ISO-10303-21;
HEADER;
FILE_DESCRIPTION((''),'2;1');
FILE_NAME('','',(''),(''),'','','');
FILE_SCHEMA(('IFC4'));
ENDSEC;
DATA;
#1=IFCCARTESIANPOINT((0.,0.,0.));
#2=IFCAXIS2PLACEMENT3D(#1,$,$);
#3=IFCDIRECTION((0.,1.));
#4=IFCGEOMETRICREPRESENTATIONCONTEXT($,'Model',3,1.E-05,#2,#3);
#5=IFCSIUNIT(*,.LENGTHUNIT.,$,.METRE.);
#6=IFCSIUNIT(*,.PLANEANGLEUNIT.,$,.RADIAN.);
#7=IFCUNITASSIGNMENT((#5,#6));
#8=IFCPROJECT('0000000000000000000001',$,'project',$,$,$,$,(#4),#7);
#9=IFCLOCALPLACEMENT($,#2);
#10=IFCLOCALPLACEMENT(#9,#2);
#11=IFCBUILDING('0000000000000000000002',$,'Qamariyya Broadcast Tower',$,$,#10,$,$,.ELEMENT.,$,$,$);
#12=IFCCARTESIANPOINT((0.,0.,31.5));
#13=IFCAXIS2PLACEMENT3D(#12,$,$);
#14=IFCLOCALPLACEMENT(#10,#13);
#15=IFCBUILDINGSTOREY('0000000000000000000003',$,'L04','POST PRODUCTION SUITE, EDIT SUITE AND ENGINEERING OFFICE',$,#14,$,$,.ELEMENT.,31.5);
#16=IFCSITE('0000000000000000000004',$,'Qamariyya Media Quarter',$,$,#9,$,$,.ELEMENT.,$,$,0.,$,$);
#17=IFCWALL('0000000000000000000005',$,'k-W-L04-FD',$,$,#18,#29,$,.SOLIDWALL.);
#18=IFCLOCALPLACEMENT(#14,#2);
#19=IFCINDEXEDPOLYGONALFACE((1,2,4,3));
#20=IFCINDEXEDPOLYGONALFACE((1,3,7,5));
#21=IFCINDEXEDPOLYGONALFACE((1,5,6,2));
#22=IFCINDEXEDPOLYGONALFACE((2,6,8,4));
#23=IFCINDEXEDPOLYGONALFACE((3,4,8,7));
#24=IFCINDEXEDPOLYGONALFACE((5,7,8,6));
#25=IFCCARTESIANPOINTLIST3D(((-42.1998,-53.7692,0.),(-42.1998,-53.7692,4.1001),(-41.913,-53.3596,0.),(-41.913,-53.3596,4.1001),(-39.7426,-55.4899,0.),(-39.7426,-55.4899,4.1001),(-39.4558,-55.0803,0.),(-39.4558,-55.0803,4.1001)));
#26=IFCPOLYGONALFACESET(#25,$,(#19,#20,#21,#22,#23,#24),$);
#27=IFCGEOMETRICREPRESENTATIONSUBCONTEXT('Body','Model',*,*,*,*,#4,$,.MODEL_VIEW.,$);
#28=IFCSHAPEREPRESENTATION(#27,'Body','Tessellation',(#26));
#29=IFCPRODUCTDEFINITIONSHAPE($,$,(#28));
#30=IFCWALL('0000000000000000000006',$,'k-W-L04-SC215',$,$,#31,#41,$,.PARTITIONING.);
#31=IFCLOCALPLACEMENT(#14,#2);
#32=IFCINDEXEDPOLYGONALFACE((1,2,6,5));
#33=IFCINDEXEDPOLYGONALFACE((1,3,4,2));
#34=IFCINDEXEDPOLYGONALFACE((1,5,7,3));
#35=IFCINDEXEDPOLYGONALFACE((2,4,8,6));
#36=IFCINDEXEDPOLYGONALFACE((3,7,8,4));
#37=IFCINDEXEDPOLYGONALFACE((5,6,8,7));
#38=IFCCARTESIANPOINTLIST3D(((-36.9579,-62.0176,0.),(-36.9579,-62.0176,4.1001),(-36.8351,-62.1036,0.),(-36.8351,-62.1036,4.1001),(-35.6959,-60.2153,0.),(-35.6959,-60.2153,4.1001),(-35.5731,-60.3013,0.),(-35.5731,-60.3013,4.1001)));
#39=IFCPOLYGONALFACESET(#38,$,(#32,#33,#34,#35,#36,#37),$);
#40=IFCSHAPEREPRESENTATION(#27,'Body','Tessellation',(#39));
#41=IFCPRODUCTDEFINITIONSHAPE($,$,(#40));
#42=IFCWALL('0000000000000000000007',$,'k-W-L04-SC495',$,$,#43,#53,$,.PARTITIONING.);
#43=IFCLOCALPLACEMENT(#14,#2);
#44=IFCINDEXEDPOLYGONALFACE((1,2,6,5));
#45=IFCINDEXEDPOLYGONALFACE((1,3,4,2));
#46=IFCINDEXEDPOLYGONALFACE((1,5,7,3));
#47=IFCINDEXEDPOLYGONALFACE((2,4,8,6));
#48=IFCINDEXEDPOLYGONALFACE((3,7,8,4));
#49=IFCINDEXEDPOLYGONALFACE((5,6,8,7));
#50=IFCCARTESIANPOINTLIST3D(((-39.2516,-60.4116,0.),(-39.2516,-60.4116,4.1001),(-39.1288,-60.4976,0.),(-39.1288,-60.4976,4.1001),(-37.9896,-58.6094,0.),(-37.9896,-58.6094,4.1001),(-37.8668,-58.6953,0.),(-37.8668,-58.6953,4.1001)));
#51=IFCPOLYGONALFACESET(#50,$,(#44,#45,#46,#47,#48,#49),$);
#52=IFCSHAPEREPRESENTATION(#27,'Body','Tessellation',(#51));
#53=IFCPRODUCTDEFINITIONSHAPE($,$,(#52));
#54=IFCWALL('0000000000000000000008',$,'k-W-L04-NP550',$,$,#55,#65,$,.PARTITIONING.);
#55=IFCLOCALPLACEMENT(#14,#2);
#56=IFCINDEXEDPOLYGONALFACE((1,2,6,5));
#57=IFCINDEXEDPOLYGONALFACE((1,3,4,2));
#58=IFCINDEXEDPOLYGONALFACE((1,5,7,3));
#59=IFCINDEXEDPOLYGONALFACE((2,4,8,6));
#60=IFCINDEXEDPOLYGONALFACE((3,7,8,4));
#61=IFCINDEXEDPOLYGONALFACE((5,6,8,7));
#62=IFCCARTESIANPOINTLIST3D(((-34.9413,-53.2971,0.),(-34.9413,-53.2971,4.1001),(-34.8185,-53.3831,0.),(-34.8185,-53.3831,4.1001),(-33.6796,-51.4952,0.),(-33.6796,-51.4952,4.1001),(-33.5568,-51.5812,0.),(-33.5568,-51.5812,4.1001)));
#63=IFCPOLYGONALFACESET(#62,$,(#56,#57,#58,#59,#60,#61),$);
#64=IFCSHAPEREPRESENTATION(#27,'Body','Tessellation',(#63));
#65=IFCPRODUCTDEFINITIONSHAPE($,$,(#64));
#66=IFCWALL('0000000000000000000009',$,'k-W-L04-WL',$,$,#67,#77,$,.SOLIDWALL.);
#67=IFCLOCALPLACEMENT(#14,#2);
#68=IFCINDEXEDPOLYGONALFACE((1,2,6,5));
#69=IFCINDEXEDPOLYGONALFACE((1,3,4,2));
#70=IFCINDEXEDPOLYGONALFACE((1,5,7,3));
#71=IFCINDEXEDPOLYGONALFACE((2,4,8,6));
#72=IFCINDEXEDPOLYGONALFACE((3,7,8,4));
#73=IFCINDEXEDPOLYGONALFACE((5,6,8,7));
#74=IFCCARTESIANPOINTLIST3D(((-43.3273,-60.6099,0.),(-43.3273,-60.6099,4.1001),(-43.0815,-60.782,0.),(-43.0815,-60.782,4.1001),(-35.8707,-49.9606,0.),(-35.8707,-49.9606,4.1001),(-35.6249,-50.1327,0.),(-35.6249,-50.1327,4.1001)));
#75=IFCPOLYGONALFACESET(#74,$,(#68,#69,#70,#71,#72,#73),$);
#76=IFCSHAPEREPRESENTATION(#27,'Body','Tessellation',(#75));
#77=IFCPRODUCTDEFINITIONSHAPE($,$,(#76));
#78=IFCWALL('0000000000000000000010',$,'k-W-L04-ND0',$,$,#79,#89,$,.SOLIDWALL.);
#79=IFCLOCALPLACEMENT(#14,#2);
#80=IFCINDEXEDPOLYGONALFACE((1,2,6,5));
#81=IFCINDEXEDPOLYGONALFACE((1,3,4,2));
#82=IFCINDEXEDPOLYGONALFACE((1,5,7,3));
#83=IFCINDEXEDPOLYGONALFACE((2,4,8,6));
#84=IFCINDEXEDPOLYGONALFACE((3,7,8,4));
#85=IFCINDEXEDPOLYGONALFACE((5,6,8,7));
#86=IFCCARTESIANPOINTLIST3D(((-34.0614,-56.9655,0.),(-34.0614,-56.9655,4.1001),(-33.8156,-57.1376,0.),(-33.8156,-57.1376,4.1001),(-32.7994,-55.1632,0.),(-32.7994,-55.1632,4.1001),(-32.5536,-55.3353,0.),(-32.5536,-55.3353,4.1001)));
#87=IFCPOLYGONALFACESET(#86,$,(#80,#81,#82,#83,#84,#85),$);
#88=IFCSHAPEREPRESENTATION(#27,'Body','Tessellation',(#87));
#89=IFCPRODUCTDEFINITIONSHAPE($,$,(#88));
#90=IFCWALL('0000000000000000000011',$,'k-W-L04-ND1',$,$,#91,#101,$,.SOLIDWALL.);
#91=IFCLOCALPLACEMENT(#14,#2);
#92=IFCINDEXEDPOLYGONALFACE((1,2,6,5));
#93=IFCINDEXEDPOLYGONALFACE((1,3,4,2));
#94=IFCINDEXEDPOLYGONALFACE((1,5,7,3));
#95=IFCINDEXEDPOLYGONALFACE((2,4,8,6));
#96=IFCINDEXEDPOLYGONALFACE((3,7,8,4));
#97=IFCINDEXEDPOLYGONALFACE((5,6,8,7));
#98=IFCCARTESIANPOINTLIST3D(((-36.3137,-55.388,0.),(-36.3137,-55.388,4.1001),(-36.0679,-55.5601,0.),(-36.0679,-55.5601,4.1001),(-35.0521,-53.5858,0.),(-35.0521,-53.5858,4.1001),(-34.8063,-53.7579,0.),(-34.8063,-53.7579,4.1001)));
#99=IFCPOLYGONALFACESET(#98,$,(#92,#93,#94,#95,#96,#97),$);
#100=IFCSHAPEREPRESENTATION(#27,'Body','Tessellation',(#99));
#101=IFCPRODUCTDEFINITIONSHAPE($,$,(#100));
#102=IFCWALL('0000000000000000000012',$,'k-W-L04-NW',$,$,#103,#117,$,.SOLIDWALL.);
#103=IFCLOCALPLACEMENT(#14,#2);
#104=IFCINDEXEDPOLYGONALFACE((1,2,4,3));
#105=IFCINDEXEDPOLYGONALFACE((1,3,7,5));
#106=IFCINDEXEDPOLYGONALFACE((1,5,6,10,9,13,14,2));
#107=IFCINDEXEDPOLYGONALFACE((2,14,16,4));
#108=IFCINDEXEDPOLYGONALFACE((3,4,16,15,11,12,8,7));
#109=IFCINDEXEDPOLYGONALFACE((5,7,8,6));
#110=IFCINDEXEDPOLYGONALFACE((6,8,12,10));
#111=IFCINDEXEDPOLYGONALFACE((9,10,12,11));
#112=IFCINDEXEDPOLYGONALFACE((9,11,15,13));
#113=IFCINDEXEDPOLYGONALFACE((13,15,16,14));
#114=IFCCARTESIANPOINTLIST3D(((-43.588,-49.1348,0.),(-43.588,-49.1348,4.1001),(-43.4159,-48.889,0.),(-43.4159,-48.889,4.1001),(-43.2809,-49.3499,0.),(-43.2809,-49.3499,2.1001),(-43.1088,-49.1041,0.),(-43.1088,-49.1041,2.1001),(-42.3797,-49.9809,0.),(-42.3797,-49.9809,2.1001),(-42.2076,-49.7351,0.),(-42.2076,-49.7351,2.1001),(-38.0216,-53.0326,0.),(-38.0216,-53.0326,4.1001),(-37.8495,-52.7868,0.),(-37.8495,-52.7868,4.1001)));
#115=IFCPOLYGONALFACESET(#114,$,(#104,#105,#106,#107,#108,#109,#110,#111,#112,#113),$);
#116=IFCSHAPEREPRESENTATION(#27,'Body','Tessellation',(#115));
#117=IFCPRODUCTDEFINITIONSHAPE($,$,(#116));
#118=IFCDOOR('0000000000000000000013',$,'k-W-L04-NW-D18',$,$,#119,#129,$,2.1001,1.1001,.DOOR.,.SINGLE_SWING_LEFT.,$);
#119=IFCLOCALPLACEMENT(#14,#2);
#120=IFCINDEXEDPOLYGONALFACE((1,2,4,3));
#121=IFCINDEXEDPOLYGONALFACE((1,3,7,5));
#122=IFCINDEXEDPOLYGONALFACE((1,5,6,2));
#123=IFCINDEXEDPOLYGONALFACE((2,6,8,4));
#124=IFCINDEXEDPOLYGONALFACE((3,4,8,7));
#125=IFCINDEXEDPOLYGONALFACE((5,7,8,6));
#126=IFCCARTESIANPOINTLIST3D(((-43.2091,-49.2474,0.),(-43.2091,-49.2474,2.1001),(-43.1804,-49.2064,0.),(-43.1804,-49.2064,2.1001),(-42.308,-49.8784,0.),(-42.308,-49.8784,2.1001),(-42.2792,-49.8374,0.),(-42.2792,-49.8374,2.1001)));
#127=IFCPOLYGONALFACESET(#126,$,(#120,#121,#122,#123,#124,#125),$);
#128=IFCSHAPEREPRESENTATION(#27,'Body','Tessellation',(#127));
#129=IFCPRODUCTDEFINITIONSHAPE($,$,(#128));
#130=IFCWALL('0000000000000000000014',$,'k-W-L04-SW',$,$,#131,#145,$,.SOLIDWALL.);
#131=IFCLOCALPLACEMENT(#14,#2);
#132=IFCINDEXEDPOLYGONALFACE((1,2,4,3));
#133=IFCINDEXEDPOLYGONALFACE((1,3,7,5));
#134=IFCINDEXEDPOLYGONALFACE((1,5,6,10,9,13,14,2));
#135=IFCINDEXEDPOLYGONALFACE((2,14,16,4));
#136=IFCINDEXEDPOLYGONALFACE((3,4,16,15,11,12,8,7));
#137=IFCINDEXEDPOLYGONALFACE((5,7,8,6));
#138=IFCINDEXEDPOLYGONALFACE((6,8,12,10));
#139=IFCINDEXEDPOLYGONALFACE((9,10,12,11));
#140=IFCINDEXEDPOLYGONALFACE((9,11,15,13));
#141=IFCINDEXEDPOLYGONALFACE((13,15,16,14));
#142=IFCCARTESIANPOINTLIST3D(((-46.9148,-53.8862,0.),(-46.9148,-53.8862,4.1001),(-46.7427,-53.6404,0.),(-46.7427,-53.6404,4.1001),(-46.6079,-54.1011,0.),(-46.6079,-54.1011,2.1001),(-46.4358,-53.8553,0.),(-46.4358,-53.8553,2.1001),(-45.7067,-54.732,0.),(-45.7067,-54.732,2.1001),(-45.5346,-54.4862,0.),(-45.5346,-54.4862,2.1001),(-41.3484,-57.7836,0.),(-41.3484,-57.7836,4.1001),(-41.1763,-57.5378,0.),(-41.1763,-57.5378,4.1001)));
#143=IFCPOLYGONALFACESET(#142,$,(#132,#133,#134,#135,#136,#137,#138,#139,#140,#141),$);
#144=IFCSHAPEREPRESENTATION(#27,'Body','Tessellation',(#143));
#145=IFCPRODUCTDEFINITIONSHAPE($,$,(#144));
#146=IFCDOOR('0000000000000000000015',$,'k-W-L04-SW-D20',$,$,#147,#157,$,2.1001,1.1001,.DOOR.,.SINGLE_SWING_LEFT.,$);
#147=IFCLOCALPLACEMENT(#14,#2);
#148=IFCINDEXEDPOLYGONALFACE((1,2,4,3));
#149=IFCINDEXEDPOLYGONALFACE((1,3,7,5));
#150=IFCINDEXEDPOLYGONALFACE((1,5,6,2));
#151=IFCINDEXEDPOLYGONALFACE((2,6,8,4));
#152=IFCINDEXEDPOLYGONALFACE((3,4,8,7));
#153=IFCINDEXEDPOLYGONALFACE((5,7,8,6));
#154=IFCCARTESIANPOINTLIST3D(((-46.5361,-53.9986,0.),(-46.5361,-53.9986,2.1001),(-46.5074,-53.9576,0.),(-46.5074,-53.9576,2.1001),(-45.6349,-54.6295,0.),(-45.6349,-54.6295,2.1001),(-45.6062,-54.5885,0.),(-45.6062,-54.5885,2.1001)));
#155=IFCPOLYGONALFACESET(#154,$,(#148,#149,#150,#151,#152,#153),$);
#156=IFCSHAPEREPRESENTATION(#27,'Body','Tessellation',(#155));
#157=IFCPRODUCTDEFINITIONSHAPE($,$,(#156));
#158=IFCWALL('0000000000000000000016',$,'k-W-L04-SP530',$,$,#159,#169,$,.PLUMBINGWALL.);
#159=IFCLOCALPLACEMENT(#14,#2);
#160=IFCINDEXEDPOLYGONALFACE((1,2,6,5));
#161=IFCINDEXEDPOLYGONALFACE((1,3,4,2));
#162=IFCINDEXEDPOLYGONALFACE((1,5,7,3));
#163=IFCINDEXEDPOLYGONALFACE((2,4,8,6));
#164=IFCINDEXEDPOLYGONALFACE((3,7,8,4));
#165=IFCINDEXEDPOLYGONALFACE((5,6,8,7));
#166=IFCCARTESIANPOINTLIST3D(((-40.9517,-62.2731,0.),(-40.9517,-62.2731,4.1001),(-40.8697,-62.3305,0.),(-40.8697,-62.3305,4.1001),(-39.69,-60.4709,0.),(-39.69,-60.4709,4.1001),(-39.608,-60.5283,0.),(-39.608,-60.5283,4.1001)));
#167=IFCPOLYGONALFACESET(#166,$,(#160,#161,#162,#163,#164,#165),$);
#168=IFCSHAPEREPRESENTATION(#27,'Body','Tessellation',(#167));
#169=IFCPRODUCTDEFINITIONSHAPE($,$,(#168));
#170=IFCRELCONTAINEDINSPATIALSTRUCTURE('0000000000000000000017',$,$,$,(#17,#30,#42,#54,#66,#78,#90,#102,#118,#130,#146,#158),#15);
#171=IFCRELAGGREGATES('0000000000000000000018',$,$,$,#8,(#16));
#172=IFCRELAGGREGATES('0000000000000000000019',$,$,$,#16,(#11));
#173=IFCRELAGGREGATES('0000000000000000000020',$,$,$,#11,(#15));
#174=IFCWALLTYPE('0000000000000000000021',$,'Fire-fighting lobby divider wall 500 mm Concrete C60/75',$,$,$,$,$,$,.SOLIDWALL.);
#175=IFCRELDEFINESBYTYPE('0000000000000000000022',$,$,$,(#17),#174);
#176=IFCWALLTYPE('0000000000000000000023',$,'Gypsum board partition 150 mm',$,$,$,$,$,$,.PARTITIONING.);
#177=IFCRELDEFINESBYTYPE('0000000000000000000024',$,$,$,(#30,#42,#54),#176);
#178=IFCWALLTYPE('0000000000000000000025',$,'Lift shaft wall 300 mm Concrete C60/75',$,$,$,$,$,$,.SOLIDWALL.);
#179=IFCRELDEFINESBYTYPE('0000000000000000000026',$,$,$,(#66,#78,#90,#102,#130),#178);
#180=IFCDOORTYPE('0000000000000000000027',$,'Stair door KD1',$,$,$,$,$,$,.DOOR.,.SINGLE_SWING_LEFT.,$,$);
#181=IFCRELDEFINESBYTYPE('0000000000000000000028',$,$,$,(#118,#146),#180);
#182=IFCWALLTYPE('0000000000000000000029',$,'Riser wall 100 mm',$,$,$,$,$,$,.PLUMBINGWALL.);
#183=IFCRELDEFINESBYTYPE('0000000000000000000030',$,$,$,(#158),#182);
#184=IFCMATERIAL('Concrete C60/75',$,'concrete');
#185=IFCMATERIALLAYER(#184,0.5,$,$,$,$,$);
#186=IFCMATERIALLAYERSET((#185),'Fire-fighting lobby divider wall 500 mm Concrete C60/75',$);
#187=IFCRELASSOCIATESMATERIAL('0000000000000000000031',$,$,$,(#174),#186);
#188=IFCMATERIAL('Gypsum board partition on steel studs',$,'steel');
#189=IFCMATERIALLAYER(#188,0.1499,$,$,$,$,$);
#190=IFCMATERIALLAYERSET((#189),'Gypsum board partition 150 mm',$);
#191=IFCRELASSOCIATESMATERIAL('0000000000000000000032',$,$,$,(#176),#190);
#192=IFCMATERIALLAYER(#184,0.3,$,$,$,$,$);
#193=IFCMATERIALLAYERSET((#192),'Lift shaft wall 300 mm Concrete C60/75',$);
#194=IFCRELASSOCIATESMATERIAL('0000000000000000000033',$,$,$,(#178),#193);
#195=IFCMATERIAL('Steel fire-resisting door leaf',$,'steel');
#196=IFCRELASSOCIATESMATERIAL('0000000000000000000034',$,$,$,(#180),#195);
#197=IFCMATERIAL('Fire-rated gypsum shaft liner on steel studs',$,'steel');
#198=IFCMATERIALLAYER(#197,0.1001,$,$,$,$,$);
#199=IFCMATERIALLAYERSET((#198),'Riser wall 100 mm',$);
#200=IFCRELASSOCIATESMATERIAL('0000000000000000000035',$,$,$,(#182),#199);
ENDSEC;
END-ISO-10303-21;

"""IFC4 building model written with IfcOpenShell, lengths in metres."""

from ifc_helpers import new_model, si_unit, direction, frame, frame_2d, origin, place, context, subcontext, project, spatial, rectangle, extrude, material, layer, layer_set, type_object, element, fill, save


model = new_model("IFC4")

# Units and contexts
model_context = context("Model", 3, precision=1e-05, world=origin(), true_north=direction((0.0, 1.0)))
body_context = subcontext(model_context, "Body", "Model", "MODEL_VIEW")
ifc_project = project(units=[si_unit("LENGTHUNIT", "METRE"), si_unit("PLANEANGLEUNIT", "RADIAN")], contexts=[model_context])

# Site, building, storey
site_placement = place(None, origin())
site = spatial("IfcSite", under=ifc_project, at=site_placement, Name="Qamariyya Media Quarter", CompositionType="ELEMENT", RefElevation=0.0)
building_placement = place(site_placement, origin())
building = spatial("IfcBuilding", under=site, at=building_placement, Name="Qamariyya Broadcast Tower", CompositionType="ELEMENT")
storey_placement = place(building_placement, frame((0.0, 0.0, 31.5)))
storey = spatial("IfcBuildingStorey", under=building, at=storey_placement, Name="L04", Description="POST PRODUCTION SUITE, EDIT SUITE AND ENGINEERING OFFICE", CompositionType="ELEMENT", Elevation=31.5)

# Walls
ifc_material_1 = material(Name="Concrete C60/75", Category="concrete")
ifc_layer_1 = layer(ifc_material_1, 0.5)
ifc_layer_set_1 = layer_set([ifc_layer_1], Name="Fire-fighting lobby divider wall 500 mm Concrete C60/75")
wall_type_1 = type_object("IfcWallType", Name="Fire-fighting lobby divider wall 500 mm Concrete C60/75", PredefinedType="SOLIDWALL", material=ifc_layer_set_1)
wall_1_placement = place(storey_placement, frame((-39.5991, -55.2852, 0.0), z_axis=(0.0, 0.0, 1.0), x_axis=(-0.819136, 0.573599, 0.0)))
element("IfcWall", 1, at=wall_1_placement, inside=storey, type_object=wall_type_1, Name="k-W-L04-FD", PredefinedType="SOLIDWALL", context=body_context, shape_type="SweptSolid", body=[
    extrude(rectangle(XDim=2.9998, YDim=0.5, at=frame_2d((1.5, 0.0))), origin(), (0.0, 0.0, 1.0), 4.1001),
])
ifc_material_2 = material(Name="Gypsum board partition on steel studs", Category="steel")
ifc_layer_2 = layer(ifc_material_2, 0.1499)
ifc_layer_set_2 = layer_set([ifc_layer_2], Name="Gypsum board partition 150 mm")
wall_type_2 = type_object("IfcWallType", Name="Gypsum board partition 150 mm", PredefinedType="PARTITIONING", material=ifc_layer_set_2)
for number, where, z_axis, x_axis, name in (
    (2, (-35.6345, -60.2583, 0.0), (0.0, 0.0, 1.0), (-0.573581, -0.819149, 0.0), "k-W-L04-SC215"),
    (3, (-37.9282, -58.6523, 0.0), (0.0, 0.0, 1.0), (-0.573581, -0.819149, 0.0), "k-W-L04-SC495"),
):
    element("IfcWall", number, at=place(storey_placement, frame(where, z_axis=z_axis, x_axis=x_axis)), inside=storey, type_object=wall_type_2, Name=name, PredefinedType="PARTITIONING", context=body_context, shape_type="SweptSolid", body=[
        extrude(rectangle(XDim=2.2002, YDim=0.1499, at=frame_2d((1.1001, 0.0))), origin(), (0.0, 0.0, 1.0), 4.1001),
    ])
wall_2_placement = place(storey_placement, frame((-34.8799, -53.3401, 0.0), z_axis=(0.0, 0.0, 1.0), x_axis=(0.573559, 0.819164, 0.0)))
element("IfcWall", 4, at=wall_2_placement, inside=storey, type_object=wall_type_2, Name="k-W-L04-NP550", PredefinedType="PARTITIONING", context=body_context, shape_type="SweptSolid", body=[
    extrude(rectangle(XDim=2.1997, YDim=0.1499, at=frame_2d((1.0999, 0.0))), origin(), (0.0, 0.0, 1.0), 4.1001),
])
ifc_layer_3 = layer(ifc_material_1, 0.3)
ifc_layer_set_3 = layer_set([ifc_layer_3], Name="Lift shaft wall 300 mm Concrete C60/75")
wall_type_3 = type_object("IfcWallType", Name="Lift shaft wall 300 mm Concrete C60/75", PredefinedType="SOLIDWALL", material=ifc_layer_set_3)
wall_3_placement = place(storey_placement, frame((-43.2043, -60.6958, 0.0), z_axis=(0.0, 0.0, 1.0), x_axis=(0.573572, 0.819155, 0.0)))
element("IfcWall", 5, at=wall_3_placement, inside=storey, type_object=wall_type_3, Name="k-W-L04-WL", PredefinedType="SOLIDWALL", context=body_context, shape_type="SweptSolid", body=[
    extrude(rectangle(XDim=13.0002, YDim=0.3, at=frame_2d((6.5, 0.0))), origin(), (0.0, 0.0, 1.0), 4.1001),
])
wall_4_placement = place(storey_placement, frame((-33.9385, -57.0515, 0.0), z_axis=(0.0, 0.0, 1.0), x_axis=(0.573581, 0.819149, 0.0)))
element("IfcWall", 6, at=wall_4_placement, inside=storey, type_object=wall_type_3, Name="k-W-L04-ND0", PredefinedType="SOLIDWALL", context=body_context, shape_type="SweptSolid", body=[
    extrude(rectangle(XDim=2.2002, YDim=0.3, at=frame_2d((1.1001, 0.0))), origin(), (0.0, 0.0, 1.0), 4.1001),
])
wall_5_placement = place(storey_placement, frame((-36.1909, -55.4741, 0.0), z_axis=(0.0, 0.0, 1.0), x_axis=(0.573507, 0.819201, 0.0)))
element("IfcWall", 7, at=wall_5_placement, inside=storey, type_object=wall_type_3, Name="k-W-L04-ND1", PredefinedType="SOLIDWALL", context=body_context, shape_type="SweptSolid", body=[
    extrude(rectangle(XDim=2.2, YDim=0.3, at=frame_2d((1.1001, 0.0))), origin(), (0.0, 0.0, 1.0), 4.1001),
])

# Walls, openings, doors
wall_6_placement = place(storey_placement, frame((-37.9355, -52.9097, 0.0), z_axis=(0.0, 0.0, 1.0), x_axis=(-0.819148, 0.573583, 0.0)))
wall_6 = element("IfcWall", 8, at=wall_6_placement, inside=storey, type_object=wall_type_3, Name="k-W-L04-NW", PredefinedType="SOLIDWALL", context=body_context, shape_type="SweptSolid", body=[
    extrude(rectangle(XDim=6.7954, YDim=0.3, at=frame_2d((3.3977, 0.0))), origin(), (0.0, 0.0, 1.0), 4.1001),
])
opening_1_placement = place(wall_6_placement, frame((5.3203, 0.0, 0.0)))
opening_1 = element("IfcOpeningElement", 9, at=opening_1_placement, cuts=wall_6, PredefinedType="OPENING", context=body_context, shape_type="SweptSolid", body=[
    extrude(rectangle(XDim=1.1001, YDim=2.1001, at=frame_2d((0.55, 1.05))), frame((0.0, 0.1599, 0.0), z_axis=(0.0, -1.0, 0.0), x_axis=(1.0, 0.0, 0.0)), (0.0, 0.0, 1.0), 0.3201),
])
ifc_material_3 = material(Name="Steel fire-resisting door leaf", Category="steel")
door_type = type_object("IfcDoorType", Name="Stair door KD1", OperationType="SINGLE_SWING_LEFT", PredefinedType="DOOR", material=ifc_material_3)
door_1_placement = place(opening_1_placement, origin())
door_1 = element("IfcDoor", 10, at=door_1_placement, inside=storey, type_object=door_type, Name="k-W-L04-NW-D18", OperationType="SINGLE_SWING_LEFT", OverallHeight=2.1001, OverallWidth=1.1001, PredefinedType="DOOR", context=body_context, shape_type="SweptSolid", body=[
    extrude(rectangle(XDim=1.1001, YDim=2.1001, at=frame_2d((0.55, 1.05))), frame((0.0, 0.0249, 0.0), z_axis=(0.0, -1.0, 0.0), x_axis=(1.0, 0.0, 0.0)), (0.0, 0.0, 1.0), 0.05),
])
fill(opening_1, door_1)
wall_7_placement = place(storey_placement, frame((-41.2625, -57.6606, 0.0), z_axis=(0.0, 0.0, 1.0), x_axis=(-0.819164, 0.573559, 0.0)))
wall_7 = element("IfcWall", 11, at=wall_7_placement, inside=storey, type_object=wall_type_3, Name="k-W-L04-SW", PredefinedType="SOLIDWALL", context=body_context, shape_type="SweptSolid", body=[
    extrude(rectangle(XDim=6.7952, YDim=0.3, at=frame_2d((3.3975, 0.0))), origin(), (0.0, 0.0, 1.0), 4.1001),
])
opening_2_placement = place(wall_7_placement, frame((5.3203, 0.0, 0.0)))
opening_2 = element("IfcOpeningElement", 12, at=opening_2_placement, cuts=wall_7, PredefinedType="OPENING", context=body_context, shape_type="SweptSolid", body=[
    extrude(rectangle(XDim=1.1001, YDim=2.1001, at=frame_2d((0.55, 1.05))), frame((0.0, 0.1599, 0.0), z_axis=(0.0, -1.0, 0.0), x_axis=(1.0, 0.0, 0.0)), (0.0, 0.0, 1.0), 0.3201),
])
door_2_placement = place(opening_2_placement, origin())
door_2 = element("IfcDoor", 13, at=door_2_placement, inside=storey, type_object=door_type, Name="k-W-L04-SW-D20", OperationType="SINGLE_SWING_LEFT", OverallHeight=2.1001, OverallWidth=1.1001, PredefinedType="DOOR", context=body_context, shape_type="SweptSolid", body=[
    extrude(rectangle(XDim=1.1001, YDim=2.1001, at=frame_2d((0.55, 1.05))), frame((0.0, 0.0249, 0.0), z_axis=(0.0, -1.0, 0.0), x_axis=(1.0, 0.0, 0.0)), (0.0, 0.0, 1.0), 0.05),
])
fill(opening_2, door_2)

# Wall
ifc_material_4 = material(Name="Fire-rated gypsum shaft liner on steel studs", Category="steel")
ifc_layer_4 = layer(ifc_material_4, 0.1001)
ifc_layer_set_4 = layer_set([ifc_layer_4], Name="Riser wall 100 mm")
wall_type_4 = type_object("IfcWallType", Name="Riser wall 100 mm", PredefinedType="PLUMBINGWALL", material=ifc_layer_set_4)
wall_8_placement = place(storey_placement, frame((-39.6489, -60.4995, 0.0), z_axis=(0.0, 0.0, 1.0), x_axis=(-0.573507, -0.819201, 0.0)))
element("IfcWall", 14, at=wall_8_placement, inside=storey, type_object=wall_type_4, Name="k-W-L04-SP530", PredefinedType="PLUMBINGWALL", context=body_context, shape_type="SweptSolid", body=[
    extrude(rectangle(XDim=2.2, YDim=0.1001, at=frame_2d((1.1001, 0.0))), origin(), (0.0, 0.0, 1.0), 4.1001),
])

save(model, "model.ifc")
